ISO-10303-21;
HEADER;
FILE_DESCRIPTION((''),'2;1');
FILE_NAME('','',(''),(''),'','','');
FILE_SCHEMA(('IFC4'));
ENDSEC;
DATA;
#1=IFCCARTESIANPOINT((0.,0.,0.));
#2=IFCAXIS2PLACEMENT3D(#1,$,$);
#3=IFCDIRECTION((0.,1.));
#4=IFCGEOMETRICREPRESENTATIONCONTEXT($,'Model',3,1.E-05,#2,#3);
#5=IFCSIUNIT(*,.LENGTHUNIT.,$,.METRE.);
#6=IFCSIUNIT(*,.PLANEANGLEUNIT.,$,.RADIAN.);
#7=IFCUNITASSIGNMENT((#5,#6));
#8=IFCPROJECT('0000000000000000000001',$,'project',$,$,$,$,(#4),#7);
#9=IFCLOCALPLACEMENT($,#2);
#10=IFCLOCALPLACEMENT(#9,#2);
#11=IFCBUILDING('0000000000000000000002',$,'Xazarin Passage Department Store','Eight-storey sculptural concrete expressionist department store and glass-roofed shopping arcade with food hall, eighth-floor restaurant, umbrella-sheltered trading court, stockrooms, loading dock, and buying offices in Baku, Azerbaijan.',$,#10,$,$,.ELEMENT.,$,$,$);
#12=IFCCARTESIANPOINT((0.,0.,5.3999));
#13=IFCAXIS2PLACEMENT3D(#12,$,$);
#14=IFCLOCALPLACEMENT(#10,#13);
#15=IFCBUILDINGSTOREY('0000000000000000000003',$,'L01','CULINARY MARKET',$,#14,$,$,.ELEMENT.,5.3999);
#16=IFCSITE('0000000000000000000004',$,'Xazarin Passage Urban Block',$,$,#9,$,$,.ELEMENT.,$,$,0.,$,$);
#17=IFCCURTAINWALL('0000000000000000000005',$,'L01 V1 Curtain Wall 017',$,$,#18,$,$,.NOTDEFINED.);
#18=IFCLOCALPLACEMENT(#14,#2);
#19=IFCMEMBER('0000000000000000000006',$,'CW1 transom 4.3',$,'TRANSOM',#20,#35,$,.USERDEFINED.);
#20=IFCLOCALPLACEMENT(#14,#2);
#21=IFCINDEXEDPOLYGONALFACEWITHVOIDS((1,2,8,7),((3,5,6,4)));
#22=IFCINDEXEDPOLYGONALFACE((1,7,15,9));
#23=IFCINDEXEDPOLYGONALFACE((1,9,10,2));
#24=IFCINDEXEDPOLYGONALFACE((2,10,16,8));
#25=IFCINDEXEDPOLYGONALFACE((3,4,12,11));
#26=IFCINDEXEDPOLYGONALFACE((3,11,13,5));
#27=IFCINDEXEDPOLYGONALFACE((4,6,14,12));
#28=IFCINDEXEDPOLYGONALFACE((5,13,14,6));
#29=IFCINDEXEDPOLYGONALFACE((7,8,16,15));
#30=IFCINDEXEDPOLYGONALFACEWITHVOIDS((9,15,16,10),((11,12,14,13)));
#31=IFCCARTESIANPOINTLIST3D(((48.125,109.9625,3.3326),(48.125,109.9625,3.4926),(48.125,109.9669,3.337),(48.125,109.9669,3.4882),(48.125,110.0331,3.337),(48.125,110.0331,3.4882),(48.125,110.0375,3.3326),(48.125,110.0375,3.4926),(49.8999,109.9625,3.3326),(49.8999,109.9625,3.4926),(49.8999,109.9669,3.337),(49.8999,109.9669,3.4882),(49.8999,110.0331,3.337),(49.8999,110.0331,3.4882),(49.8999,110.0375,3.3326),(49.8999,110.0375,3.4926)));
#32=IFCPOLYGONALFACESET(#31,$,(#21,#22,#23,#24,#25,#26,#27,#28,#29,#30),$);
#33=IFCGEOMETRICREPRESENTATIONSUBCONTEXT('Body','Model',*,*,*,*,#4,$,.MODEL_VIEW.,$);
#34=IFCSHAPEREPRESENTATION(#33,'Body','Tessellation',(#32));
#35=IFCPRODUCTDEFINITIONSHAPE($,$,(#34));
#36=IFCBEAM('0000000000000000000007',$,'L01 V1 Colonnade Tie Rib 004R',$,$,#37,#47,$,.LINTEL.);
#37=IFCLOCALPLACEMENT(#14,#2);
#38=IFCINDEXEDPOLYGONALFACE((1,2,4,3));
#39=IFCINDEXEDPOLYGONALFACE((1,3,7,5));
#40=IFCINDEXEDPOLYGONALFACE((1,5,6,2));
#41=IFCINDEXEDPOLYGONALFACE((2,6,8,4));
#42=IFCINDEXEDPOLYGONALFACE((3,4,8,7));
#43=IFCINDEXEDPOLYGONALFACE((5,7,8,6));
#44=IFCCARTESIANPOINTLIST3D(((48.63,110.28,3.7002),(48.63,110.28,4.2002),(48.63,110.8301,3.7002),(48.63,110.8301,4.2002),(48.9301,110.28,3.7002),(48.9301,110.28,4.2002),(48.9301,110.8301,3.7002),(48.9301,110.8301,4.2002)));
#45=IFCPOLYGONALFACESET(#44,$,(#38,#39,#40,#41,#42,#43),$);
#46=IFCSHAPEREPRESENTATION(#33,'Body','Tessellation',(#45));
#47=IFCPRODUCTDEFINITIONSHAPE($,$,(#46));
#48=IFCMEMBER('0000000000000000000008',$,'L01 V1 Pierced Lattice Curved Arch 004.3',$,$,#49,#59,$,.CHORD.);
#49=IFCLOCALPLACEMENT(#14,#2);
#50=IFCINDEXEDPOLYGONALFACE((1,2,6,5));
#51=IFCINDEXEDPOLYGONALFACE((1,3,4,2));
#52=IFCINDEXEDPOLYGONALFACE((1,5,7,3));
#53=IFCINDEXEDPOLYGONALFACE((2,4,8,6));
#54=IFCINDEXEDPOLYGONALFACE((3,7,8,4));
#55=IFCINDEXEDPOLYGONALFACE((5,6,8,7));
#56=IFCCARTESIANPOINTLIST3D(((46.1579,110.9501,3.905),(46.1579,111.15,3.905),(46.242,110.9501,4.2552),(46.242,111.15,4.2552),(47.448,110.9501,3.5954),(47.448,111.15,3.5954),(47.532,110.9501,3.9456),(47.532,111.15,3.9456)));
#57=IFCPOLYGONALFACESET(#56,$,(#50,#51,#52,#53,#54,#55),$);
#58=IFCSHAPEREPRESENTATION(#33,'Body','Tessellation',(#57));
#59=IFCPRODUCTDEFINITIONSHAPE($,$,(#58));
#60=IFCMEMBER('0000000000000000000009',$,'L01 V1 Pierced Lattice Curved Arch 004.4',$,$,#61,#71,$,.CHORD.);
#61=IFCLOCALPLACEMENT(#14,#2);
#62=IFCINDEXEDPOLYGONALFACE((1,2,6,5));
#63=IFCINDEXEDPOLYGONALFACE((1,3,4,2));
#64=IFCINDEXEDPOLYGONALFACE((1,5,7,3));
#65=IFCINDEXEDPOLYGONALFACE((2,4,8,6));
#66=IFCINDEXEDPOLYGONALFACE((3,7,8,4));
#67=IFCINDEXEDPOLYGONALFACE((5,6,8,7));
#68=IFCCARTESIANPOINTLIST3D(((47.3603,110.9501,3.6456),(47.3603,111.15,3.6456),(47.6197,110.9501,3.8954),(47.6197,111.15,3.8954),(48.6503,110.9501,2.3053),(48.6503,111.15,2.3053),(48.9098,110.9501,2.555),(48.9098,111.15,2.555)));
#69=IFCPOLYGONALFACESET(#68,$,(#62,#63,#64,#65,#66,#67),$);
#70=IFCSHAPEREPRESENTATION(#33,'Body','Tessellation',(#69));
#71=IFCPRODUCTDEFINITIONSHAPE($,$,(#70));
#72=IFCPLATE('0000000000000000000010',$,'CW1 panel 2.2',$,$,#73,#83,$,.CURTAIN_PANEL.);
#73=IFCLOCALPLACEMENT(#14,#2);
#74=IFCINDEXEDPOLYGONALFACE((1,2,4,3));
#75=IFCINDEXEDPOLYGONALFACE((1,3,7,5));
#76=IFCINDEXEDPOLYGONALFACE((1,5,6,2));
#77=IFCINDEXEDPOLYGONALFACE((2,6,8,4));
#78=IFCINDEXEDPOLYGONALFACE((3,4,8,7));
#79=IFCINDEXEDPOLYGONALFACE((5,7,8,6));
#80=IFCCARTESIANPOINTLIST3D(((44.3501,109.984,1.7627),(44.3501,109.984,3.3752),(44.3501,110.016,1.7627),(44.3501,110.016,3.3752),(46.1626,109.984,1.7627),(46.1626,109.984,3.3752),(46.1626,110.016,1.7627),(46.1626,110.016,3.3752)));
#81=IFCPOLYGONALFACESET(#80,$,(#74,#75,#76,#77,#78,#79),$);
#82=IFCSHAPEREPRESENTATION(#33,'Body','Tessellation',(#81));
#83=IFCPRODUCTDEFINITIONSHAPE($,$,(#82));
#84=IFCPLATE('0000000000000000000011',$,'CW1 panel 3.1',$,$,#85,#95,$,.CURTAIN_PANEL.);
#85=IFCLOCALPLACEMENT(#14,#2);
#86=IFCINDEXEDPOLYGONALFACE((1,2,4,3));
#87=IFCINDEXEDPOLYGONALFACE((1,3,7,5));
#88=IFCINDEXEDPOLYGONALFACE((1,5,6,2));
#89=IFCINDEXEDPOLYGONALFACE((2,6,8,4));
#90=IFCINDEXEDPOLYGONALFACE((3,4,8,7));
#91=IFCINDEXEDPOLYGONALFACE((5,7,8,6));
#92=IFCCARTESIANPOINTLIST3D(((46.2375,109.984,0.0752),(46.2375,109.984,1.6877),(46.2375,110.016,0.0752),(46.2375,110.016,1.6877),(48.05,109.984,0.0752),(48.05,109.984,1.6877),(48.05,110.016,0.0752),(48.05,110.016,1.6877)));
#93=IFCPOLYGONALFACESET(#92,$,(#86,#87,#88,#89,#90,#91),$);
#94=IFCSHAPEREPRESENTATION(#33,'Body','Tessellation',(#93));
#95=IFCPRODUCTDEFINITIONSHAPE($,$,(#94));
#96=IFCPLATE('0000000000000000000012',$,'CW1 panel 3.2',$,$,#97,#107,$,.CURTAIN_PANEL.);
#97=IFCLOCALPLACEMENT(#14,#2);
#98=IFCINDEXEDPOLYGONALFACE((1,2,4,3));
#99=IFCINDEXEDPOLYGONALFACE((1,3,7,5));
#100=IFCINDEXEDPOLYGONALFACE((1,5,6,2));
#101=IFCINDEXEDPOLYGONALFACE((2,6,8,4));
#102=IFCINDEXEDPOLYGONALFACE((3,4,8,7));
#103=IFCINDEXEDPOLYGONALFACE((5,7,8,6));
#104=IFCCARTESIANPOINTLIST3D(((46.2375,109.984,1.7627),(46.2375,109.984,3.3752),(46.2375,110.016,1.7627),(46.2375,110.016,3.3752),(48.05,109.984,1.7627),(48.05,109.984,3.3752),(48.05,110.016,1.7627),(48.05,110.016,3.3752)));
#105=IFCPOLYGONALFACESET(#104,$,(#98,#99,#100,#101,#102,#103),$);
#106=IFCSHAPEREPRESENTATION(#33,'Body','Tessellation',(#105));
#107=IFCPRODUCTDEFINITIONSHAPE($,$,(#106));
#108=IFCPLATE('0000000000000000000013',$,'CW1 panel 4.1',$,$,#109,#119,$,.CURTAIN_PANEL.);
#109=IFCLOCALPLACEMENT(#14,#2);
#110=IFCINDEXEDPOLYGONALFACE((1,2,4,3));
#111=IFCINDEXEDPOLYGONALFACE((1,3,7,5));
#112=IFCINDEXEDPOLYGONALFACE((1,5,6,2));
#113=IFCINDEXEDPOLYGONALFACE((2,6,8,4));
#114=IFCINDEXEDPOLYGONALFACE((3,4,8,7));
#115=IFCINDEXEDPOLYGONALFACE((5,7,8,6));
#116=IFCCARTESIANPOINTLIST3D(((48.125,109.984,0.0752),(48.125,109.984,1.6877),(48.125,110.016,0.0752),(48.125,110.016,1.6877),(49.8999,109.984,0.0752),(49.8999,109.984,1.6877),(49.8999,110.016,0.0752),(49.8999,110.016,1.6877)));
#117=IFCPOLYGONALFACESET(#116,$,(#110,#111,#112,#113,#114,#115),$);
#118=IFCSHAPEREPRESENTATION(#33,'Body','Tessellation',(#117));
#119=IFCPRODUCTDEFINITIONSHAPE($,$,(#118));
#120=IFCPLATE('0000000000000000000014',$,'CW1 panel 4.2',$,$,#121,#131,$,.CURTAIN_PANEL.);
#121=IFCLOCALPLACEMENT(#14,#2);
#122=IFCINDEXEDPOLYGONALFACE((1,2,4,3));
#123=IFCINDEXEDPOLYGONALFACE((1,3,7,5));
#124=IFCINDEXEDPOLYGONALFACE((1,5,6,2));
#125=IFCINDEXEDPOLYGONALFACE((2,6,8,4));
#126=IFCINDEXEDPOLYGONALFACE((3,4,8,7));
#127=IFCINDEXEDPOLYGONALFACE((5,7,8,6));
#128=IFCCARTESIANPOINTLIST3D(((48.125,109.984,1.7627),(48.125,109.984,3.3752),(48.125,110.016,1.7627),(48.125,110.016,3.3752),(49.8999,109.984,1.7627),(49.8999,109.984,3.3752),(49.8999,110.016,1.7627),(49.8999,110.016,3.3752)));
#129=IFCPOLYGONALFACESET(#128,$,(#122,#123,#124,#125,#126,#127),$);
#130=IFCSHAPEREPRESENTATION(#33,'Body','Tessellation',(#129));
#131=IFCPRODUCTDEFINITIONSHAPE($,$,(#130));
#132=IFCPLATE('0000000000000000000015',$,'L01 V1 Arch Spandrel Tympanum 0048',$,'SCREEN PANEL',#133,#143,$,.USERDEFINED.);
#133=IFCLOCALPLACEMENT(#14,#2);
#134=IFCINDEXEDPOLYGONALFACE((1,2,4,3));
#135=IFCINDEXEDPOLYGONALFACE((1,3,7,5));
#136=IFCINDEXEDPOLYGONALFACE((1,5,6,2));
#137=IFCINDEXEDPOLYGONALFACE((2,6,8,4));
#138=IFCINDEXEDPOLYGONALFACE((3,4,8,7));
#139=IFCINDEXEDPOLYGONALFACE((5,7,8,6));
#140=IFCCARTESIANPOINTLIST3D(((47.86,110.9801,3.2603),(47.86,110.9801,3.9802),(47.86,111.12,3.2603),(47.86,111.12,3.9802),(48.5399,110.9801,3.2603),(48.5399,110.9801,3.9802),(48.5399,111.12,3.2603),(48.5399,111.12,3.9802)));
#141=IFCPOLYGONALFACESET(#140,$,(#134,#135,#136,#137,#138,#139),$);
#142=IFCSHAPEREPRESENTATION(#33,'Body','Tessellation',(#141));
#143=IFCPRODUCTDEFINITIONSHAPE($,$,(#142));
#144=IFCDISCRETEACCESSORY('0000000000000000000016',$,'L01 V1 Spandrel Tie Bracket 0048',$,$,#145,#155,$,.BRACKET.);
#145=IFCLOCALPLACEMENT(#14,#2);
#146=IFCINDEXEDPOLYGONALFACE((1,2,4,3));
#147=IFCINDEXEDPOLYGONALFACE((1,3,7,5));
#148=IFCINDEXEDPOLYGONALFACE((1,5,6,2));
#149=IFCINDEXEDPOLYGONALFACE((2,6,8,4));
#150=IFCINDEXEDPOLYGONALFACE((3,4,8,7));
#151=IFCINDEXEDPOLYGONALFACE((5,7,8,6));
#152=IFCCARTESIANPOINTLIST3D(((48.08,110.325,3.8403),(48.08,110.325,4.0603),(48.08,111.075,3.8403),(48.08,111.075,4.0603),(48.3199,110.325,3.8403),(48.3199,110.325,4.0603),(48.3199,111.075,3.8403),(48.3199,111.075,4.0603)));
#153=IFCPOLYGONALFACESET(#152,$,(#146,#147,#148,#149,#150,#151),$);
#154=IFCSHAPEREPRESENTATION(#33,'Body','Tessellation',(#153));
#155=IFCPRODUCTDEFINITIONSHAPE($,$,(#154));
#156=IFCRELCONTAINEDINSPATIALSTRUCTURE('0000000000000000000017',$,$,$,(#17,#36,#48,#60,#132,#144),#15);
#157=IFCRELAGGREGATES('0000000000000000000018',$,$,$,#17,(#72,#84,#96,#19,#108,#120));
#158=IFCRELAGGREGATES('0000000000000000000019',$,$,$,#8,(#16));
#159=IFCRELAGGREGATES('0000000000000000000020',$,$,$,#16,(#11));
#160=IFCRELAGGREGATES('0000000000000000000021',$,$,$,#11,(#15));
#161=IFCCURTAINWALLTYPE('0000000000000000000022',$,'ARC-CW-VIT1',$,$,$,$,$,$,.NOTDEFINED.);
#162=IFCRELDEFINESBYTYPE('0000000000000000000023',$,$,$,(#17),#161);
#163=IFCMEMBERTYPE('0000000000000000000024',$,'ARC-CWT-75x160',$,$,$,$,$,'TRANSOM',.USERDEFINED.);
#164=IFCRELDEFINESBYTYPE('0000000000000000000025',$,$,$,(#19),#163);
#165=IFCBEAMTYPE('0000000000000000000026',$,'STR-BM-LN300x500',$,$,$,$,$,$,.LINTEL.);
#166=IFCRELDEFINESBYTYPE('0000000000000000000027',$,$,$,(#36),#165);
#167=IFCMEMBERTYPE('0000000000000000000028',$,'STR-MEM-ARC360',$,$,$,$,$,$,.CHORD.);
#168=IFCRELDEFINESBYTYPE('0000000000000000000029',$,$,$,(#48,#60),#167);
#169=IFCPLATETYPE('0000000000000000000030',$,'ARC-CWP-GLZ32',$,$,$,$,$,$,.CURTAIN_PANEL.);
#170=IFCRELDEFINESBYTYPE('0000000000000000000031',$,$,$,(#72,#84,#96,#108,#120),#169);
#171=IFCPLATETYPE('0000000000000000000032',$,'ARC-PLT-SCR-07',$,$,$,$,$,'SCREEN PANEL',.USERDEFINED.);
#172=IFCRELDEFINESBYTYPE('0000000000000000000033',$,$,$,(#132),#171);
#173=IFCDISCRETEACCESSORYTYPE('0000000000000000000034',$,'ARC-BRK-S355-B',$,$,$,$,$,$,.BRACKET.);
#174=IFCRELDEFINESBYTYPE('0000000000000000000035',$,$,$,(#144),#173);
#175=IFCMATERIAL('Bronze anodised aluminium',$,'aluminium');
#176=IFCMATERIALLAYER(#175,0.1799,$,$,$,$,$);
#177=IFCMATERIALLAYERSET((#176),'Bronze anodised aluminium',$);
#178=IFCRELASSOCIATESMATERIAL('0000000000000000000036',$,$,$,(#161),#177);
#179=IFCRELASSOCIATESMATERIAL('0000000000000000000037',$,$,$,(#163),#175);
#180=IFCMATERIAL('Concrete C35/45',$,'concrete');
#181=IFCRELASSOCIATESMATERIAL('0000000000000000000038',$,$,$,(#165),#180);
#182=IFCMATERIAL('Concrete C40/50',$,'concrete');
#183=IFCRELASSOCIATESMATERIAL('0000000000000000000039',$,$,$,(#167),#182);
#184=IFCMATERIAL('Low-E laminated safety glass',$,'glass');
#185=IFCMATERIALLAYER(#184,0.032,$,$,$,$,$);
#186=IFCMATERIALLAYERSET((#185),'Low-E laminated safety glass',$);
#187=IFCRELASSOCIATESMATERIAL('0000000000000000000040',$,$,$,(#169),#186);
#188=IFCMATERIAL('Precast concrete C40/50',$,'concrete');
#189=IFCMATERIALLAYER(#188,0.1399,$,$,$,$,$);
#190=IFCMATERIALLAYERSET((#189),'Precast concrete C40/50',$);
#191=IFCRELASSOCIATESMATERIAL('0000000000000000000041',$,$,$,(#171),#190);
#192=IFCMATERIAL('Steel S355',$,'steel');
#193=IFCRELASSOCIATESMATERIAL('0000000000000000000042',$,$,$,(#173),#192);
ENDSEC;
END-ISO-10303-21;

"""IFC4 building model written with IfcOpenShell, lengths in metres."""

from ifc_helpers import new_model, si_unit, direction, frame, origin, origin_2d, place, context, subcontext, project, spatial, rectangle, hollow_rectangle, extrude, material, layer, layer_set, material_profile, profile_set, type_object, element, aggregate, save


model = new_model("IFC4")

# Units and contexts
model_context = context("Model", 3, precision=1e-05, world=origin(), true_north=direction((0.0, 1.0)))
body_context = subcontext(model_context, "Body", "Model", "MODEL_VIEW")
ifc_project = project(units=[si_unit("LENGTHUNIT", "METRE"), si_unit("PLANEANGLEUNIT", "RADIAN")], contexts=[model_context])

# Site, building, storey
site_placement = place(None, origin())
site = spatial("IfcSite", under=ifc_project, at=site_placement, Name="Xazarin Passage Urban Block", CompositionType="ELEMENT", RefElevation=0.0)
building_placement = place(site_placement, origin())
building = spatial("IfcBuilding", under=site, at=building_placement, Name="Xazarin Passage Department Store", Description="Eight-storey sculptural concrete expressionist department store and glass-roofed shopping arcade with food hall, eighth-floor restaurant, umbrella-sheltered trading court, stockrooms, loading dock, and buying offices in Baku, Azerbaijan.", CompositionType="ELEMENT")
storey_placement = place(building_placement, frame((0.0, 0.0, 5.3999)))
storey = spatial("IfcBuildingStorey", under=building, at=storey_placement, Name="L01", Description="CULINARY MARKET", CompositionType="ELEMENT", Elevation=5.3999)

# Shared definitions
ifc_material_1 = material(Name="Concrete C40/50", Category="concrete")

# Curtain wall
ifc_material_2 = material(Name="Bronze anodised aluminium", Category="aluminium")
ifc_layer_1 = layer(ifc_material_2, 0.1799)
ifc_layer_set_1 = layer_set([ifc_layer_1], Name="Bronze anodised aluminium")
curtain_wall_type = type_object("IfcCurtainWallType", Name="ARC-CW-VIT1", PredefinedType="NOTDEFINED", material=ifc_layer_set_1)
curtain_wall_1_placement = place(storey_placement, origin())
curtain_wall_1 = element("IfcCurtainWall", 1, at=curtain_wall_1_placement, inside=storey, type_object=curtain_wall_type, Name="L01 V1 Curtain Wall 017", PredefinedType="NOTDEFINED")

# Member
ifc_material_profile_1 = material_profile(ifc_material_2, hollow_rectangle(XDim=0.075, YDim=0.1599, WallThickness=0.0044, at=origin_2d()), Name="ALU 75x160")
ifc_profile_set_1 = profile_set([ifc_material_profile_1], Name="Bronze anodised aluminium")
member_type_1 = type_object("IfcMemberType", Name="ARC-CWT-75x160", ElementType="TRANSOM", PredefinedType="USERDEFINED", material=ifc_profile_set_1)
member_1_placement = place(storey_placement, frame((48.125, 110.0, 3.4126), z_axis=(1.0, 0.0, 0.0), x_axis=(0.0, 1.0, 0.0)))
member_1 = element("IfcMember", 2, at=member_1_placement, type_object=member_type_1, Name="CW1 transom 4.3", ObjectType="TRANSOM", PredefinedType="USERDEFINED", context=body_context, shape_type="SweptSolid", body=[
    extrude(hollow_rectangle(XDim=0.075, YDim=0.1599, WallThickness=0.0044, at=origin_2d()), origin(), (0.0, 0.0, 1.0), 1.7749),
])

# Beam
ifc_material_3 = material(Name="Concrete C35/45", Category="concrete")
ifc_material_profile_2 = material_profile(ifc_material_3, rectangle(XDim=0.3, YDim=0.5, at=origin_2d()), Name="RC 300x500")
ifc_profile_set_2 = profile_set([ifc_material_profile_2], Name="Concrete C35/45")
beam_type = type_object("IfcBeamType", Name="STR-BM-LN300x500", PredefinedType="LINTEL", material=ifc_profile_set_2)
beam_placement = place(storey_placement, frame((48.78, 110.28, 3.9502), z_axis=(0.0, 1.0, 0.0), x_axis=(-1.0, 0.0, 0.0)))
element("IfcBeam", 3, at=beam_placement, inside=storey, type_object=beam_type, Name="L01 V1 Colonnade Tie Rib 004R", PredefinedType="LINTEL", context=body_context, shape_type="SweptSolid", body=[
    extrude(rectangle(XDim=0.3, YDim=0.5, at=origin_2d()), origin(), (0.0, 0.0, 1.0), 0.55),
])

# Members
ifc_material_profile_3 = material_profile(ifc_material_1, rectangle(XDim=0.2, YDim=0.3601, at=origin_2d()), Name="RC 200x360")
ifc_profile_set_3 = profile_set([ifc_material_profile_3], Name="Concrete C40/50")
member_type_2 = type_object("IfcMemberType", Name="STR-MEM-ARC360", PredefinedType="CHORD", material=ifc_profile_set_3)
member_2_placement = place(storey_placement, frame((46.2, 111.05, 4.0801), z_axis=(0.972394, 0.0, -0.233345), x_axis=(0.0, 1.0, 0.0)))
element("IfcMember", 4, at=member_2_placement, inside=storey, type_object=member_type_2, Name="L01 V1 Pierced Lattice Curved Arch 004.3", PredefinedType="CHORD", context=body_context, shape_type="SweptSolid", body=[
    extrude(rectangle(XDim=0.2, YDim=0.3601, at=origin_2d()), origin(), (0.0, 0.0, 1.0), 1.3267),
])
member_3_placement = place(storey_placement, frame((47.49, 111.05, 3.7705), z_axis=(0.69346, 0.0, -0.720495), x_axis=(0.0, 1.0, 0.0)))
element("IfcMember", 5, at=member_3_placement, inside=storey, type_object=member_type_2, Name="L01 V1 Pierced Lattice Curved Arch 004.4", PredefinedType="CHORD", context=body_context, shape_type="SweptSolid", body=[
    extrude(rectangle(XDim=0.2, YDim=0.3601, at=origin_2d()), origin(), (0.0, 0.0, 1.0), 1.8604),
])

# Plates
ifc_material_4 = material(Name="Low-E laminated safety glass", Category="glass")
ifc_layer_2 = layer(ifc_material_4, 0.032)
ifc_layer_set_2 = layer_set([ifc_layer_2], Name="Low-E laminated safety glass")
plate_type_1 = type_object("IfcPlateType", Name="ARC-CWP-GLZ32", PredefinedType="CURTAIN_PANEL", material=ifc_layer_set_2)
plate_1_placement = place(storey_placement, frame((45.2563, 110.0, 1.7627), z_axis=(0.0, 0.0, 1.0), x_axis=(1.0, 0.0, 0.0)))
plate_1 = element("IfcPlate", 6, at=plate_1_placement, type_object=plate_type_1, Name="CW1 panel 2.2", PredefinedType="CURTAIN_PANEL", context=body_context, shape_type="SweptSolid", body=[
    extrude(rectangle(XDim=1.8125, YDim=0.032, at=origin_2d()), origin(), (0.0, 0.0, 1.0), 1.6125),
])
plate_2_placement = place(storey_placement, frame((47.1438, 110.0, 0.0752), z_axis=(0.0, 0.0, 1.0), x_axis=(1.0, 0.0, 0.0)))
plate_2 = element("IfcPlate", 7, at=plate_2_placement, type_object=plate_type_1, Name="CW1 panel 3.1", PredefinedType="CURTAIN_PANEL", context=body_context, shape_type="SweptSolid", body=[
    extrude(rectangle(XDim=1.8125, YDim=0.032, at=origin_2d()), origin(), (0.0, 0.0, 1.0), 1.6125),
])
plate_3_placement = place(storey_placement, frame((47.1438, 110.0, 1.7627), z_axis=(0.0, 0.0, 1.0), x_axis=(1.0, 0.0, 0.0)))
plate_3 = element("IfcPlate", 8, at=plate_3_placement, type_object=plate_type_1, Name="CW1 panel 3.2", PredefinedType="CURTAIN_PANEL", context=body_context, shape_type="SweptSolid", body=[
    extrude(rectangle(XDim=1.8125, YDim=0.032, at=origin_2d()), origin(), (0.0, 0.0, 1.0), 1.6125),
])
plate_4_placement = place(storey_placement, frame((49.0125, 110.0, 0.0752), z_axis=(0.0, 0.0, 1.0), x_axis=(1.0, 0.0, 0.0)))
plate_4 = element("IfcPlate", 9, at=plate_4_placement, type_object=plate_type_1, Name="CW1 panel 4.1", PredefinedType="CURTAIN_PANEL", context=body_context, shape_type="SweptSolid", body=[
    extrude(rectangle(XDim=1.7749, YDim=0.032, at=origin_2d()), origin(), (0.0, 0.0, 1.0), 1.6125),
])
plate_5_placement = place(storey_placement, frame((49.0125, 110.0, 1.7627), z_axis=(0.0, 0.0, 1.0), x_axis=(1.0, 0.0, 0.0)))
plate_5 = element("IfcPlate", 10, at=plate_5_placement, type_object=plate_type_1, Name="CW1 panel 4.2", PredefinedType="CURTAIN_PANEL", context=body_context, shape_type="SweptSolid", body=[
    extrude(rectangle(XDim=1.7749, YDim=0.032, at=origin_2d()), origin(), (0.0, 0.0, 1.0), 1.6125),
])
aggregate(curtain_wall_1, [plate_1, plate_2, plate_3, member_1, plate_4, plate_5])
ifc_material_5 = material(Name="Precast concrete C40/50", Category="concrete")
ifc_layer_3 = layer(ifc_material_5, 0.1399)
ifc_layer_set_3 = layer_set([ifc_layer_3], Name="Precast concrete C40/50")
plate_type_2 = type_object("IfcPlateType", Name="ARC-PLT-SCR-07", ElementType="SCREEN PANEL", PredefinedType="USERDEFINED", material=ifc_layer_set_3)
plate_6_placement = place(storey_placement, frame((48.2, 111.05, 3.2603), z_axis=(0.0, 0.0, 1.0), x_axis=(1.0, 0.0, 0.0)))
element("IfcPlate", 11, at=plate_6_placement, inside=storey, type_object=plate_type_2, Name="L01 V1 Arch Spandrel Tympanum 0048", ObjectType="SCREEN PANEL", PredefinedType="USERDEFINED", context=body_context, shape_type="SweptSolid", body=[
    extrude(rectangle(XDim=0.6799, YDim=0.1399, at=origin_2d()), origin(), (0.0, 0.0, 1.0), 0.72),
])

# Discrete accessory
ifc_material_6 = material(Name="Steel S355", Category="steel")
discrete_accessory_type = type_object("IfcDiscreteAccessoryType", Name="ARC-BRK-S355-B", PredefinedType="BRACKET", material=ifc_material_6)
discrete_accessory_placement = place(storey_placement, frame((48.2, 110.7, 3.8403), z_axis=(0.0, 0.0, 1.0), x_axis=(1.0, 0.0, 0.0)))
element("IfcDiscreteAccessory", 12, at=discrete_accessory_placement, inside=storey, type_object=discrete_accessory_type, Name="L01 V1 Spandrel Tie Bracket 0048", PredefinedType="BRACKET", context=body_context, shape_type="SweptSolid", body=[
    extrude(rectangle(XDim=0.24, YDim=0.75, at=origin_2d()), origin(), (0.0, 0.0, 1.0), 0.22),
])

save(model, "model.ifc")
